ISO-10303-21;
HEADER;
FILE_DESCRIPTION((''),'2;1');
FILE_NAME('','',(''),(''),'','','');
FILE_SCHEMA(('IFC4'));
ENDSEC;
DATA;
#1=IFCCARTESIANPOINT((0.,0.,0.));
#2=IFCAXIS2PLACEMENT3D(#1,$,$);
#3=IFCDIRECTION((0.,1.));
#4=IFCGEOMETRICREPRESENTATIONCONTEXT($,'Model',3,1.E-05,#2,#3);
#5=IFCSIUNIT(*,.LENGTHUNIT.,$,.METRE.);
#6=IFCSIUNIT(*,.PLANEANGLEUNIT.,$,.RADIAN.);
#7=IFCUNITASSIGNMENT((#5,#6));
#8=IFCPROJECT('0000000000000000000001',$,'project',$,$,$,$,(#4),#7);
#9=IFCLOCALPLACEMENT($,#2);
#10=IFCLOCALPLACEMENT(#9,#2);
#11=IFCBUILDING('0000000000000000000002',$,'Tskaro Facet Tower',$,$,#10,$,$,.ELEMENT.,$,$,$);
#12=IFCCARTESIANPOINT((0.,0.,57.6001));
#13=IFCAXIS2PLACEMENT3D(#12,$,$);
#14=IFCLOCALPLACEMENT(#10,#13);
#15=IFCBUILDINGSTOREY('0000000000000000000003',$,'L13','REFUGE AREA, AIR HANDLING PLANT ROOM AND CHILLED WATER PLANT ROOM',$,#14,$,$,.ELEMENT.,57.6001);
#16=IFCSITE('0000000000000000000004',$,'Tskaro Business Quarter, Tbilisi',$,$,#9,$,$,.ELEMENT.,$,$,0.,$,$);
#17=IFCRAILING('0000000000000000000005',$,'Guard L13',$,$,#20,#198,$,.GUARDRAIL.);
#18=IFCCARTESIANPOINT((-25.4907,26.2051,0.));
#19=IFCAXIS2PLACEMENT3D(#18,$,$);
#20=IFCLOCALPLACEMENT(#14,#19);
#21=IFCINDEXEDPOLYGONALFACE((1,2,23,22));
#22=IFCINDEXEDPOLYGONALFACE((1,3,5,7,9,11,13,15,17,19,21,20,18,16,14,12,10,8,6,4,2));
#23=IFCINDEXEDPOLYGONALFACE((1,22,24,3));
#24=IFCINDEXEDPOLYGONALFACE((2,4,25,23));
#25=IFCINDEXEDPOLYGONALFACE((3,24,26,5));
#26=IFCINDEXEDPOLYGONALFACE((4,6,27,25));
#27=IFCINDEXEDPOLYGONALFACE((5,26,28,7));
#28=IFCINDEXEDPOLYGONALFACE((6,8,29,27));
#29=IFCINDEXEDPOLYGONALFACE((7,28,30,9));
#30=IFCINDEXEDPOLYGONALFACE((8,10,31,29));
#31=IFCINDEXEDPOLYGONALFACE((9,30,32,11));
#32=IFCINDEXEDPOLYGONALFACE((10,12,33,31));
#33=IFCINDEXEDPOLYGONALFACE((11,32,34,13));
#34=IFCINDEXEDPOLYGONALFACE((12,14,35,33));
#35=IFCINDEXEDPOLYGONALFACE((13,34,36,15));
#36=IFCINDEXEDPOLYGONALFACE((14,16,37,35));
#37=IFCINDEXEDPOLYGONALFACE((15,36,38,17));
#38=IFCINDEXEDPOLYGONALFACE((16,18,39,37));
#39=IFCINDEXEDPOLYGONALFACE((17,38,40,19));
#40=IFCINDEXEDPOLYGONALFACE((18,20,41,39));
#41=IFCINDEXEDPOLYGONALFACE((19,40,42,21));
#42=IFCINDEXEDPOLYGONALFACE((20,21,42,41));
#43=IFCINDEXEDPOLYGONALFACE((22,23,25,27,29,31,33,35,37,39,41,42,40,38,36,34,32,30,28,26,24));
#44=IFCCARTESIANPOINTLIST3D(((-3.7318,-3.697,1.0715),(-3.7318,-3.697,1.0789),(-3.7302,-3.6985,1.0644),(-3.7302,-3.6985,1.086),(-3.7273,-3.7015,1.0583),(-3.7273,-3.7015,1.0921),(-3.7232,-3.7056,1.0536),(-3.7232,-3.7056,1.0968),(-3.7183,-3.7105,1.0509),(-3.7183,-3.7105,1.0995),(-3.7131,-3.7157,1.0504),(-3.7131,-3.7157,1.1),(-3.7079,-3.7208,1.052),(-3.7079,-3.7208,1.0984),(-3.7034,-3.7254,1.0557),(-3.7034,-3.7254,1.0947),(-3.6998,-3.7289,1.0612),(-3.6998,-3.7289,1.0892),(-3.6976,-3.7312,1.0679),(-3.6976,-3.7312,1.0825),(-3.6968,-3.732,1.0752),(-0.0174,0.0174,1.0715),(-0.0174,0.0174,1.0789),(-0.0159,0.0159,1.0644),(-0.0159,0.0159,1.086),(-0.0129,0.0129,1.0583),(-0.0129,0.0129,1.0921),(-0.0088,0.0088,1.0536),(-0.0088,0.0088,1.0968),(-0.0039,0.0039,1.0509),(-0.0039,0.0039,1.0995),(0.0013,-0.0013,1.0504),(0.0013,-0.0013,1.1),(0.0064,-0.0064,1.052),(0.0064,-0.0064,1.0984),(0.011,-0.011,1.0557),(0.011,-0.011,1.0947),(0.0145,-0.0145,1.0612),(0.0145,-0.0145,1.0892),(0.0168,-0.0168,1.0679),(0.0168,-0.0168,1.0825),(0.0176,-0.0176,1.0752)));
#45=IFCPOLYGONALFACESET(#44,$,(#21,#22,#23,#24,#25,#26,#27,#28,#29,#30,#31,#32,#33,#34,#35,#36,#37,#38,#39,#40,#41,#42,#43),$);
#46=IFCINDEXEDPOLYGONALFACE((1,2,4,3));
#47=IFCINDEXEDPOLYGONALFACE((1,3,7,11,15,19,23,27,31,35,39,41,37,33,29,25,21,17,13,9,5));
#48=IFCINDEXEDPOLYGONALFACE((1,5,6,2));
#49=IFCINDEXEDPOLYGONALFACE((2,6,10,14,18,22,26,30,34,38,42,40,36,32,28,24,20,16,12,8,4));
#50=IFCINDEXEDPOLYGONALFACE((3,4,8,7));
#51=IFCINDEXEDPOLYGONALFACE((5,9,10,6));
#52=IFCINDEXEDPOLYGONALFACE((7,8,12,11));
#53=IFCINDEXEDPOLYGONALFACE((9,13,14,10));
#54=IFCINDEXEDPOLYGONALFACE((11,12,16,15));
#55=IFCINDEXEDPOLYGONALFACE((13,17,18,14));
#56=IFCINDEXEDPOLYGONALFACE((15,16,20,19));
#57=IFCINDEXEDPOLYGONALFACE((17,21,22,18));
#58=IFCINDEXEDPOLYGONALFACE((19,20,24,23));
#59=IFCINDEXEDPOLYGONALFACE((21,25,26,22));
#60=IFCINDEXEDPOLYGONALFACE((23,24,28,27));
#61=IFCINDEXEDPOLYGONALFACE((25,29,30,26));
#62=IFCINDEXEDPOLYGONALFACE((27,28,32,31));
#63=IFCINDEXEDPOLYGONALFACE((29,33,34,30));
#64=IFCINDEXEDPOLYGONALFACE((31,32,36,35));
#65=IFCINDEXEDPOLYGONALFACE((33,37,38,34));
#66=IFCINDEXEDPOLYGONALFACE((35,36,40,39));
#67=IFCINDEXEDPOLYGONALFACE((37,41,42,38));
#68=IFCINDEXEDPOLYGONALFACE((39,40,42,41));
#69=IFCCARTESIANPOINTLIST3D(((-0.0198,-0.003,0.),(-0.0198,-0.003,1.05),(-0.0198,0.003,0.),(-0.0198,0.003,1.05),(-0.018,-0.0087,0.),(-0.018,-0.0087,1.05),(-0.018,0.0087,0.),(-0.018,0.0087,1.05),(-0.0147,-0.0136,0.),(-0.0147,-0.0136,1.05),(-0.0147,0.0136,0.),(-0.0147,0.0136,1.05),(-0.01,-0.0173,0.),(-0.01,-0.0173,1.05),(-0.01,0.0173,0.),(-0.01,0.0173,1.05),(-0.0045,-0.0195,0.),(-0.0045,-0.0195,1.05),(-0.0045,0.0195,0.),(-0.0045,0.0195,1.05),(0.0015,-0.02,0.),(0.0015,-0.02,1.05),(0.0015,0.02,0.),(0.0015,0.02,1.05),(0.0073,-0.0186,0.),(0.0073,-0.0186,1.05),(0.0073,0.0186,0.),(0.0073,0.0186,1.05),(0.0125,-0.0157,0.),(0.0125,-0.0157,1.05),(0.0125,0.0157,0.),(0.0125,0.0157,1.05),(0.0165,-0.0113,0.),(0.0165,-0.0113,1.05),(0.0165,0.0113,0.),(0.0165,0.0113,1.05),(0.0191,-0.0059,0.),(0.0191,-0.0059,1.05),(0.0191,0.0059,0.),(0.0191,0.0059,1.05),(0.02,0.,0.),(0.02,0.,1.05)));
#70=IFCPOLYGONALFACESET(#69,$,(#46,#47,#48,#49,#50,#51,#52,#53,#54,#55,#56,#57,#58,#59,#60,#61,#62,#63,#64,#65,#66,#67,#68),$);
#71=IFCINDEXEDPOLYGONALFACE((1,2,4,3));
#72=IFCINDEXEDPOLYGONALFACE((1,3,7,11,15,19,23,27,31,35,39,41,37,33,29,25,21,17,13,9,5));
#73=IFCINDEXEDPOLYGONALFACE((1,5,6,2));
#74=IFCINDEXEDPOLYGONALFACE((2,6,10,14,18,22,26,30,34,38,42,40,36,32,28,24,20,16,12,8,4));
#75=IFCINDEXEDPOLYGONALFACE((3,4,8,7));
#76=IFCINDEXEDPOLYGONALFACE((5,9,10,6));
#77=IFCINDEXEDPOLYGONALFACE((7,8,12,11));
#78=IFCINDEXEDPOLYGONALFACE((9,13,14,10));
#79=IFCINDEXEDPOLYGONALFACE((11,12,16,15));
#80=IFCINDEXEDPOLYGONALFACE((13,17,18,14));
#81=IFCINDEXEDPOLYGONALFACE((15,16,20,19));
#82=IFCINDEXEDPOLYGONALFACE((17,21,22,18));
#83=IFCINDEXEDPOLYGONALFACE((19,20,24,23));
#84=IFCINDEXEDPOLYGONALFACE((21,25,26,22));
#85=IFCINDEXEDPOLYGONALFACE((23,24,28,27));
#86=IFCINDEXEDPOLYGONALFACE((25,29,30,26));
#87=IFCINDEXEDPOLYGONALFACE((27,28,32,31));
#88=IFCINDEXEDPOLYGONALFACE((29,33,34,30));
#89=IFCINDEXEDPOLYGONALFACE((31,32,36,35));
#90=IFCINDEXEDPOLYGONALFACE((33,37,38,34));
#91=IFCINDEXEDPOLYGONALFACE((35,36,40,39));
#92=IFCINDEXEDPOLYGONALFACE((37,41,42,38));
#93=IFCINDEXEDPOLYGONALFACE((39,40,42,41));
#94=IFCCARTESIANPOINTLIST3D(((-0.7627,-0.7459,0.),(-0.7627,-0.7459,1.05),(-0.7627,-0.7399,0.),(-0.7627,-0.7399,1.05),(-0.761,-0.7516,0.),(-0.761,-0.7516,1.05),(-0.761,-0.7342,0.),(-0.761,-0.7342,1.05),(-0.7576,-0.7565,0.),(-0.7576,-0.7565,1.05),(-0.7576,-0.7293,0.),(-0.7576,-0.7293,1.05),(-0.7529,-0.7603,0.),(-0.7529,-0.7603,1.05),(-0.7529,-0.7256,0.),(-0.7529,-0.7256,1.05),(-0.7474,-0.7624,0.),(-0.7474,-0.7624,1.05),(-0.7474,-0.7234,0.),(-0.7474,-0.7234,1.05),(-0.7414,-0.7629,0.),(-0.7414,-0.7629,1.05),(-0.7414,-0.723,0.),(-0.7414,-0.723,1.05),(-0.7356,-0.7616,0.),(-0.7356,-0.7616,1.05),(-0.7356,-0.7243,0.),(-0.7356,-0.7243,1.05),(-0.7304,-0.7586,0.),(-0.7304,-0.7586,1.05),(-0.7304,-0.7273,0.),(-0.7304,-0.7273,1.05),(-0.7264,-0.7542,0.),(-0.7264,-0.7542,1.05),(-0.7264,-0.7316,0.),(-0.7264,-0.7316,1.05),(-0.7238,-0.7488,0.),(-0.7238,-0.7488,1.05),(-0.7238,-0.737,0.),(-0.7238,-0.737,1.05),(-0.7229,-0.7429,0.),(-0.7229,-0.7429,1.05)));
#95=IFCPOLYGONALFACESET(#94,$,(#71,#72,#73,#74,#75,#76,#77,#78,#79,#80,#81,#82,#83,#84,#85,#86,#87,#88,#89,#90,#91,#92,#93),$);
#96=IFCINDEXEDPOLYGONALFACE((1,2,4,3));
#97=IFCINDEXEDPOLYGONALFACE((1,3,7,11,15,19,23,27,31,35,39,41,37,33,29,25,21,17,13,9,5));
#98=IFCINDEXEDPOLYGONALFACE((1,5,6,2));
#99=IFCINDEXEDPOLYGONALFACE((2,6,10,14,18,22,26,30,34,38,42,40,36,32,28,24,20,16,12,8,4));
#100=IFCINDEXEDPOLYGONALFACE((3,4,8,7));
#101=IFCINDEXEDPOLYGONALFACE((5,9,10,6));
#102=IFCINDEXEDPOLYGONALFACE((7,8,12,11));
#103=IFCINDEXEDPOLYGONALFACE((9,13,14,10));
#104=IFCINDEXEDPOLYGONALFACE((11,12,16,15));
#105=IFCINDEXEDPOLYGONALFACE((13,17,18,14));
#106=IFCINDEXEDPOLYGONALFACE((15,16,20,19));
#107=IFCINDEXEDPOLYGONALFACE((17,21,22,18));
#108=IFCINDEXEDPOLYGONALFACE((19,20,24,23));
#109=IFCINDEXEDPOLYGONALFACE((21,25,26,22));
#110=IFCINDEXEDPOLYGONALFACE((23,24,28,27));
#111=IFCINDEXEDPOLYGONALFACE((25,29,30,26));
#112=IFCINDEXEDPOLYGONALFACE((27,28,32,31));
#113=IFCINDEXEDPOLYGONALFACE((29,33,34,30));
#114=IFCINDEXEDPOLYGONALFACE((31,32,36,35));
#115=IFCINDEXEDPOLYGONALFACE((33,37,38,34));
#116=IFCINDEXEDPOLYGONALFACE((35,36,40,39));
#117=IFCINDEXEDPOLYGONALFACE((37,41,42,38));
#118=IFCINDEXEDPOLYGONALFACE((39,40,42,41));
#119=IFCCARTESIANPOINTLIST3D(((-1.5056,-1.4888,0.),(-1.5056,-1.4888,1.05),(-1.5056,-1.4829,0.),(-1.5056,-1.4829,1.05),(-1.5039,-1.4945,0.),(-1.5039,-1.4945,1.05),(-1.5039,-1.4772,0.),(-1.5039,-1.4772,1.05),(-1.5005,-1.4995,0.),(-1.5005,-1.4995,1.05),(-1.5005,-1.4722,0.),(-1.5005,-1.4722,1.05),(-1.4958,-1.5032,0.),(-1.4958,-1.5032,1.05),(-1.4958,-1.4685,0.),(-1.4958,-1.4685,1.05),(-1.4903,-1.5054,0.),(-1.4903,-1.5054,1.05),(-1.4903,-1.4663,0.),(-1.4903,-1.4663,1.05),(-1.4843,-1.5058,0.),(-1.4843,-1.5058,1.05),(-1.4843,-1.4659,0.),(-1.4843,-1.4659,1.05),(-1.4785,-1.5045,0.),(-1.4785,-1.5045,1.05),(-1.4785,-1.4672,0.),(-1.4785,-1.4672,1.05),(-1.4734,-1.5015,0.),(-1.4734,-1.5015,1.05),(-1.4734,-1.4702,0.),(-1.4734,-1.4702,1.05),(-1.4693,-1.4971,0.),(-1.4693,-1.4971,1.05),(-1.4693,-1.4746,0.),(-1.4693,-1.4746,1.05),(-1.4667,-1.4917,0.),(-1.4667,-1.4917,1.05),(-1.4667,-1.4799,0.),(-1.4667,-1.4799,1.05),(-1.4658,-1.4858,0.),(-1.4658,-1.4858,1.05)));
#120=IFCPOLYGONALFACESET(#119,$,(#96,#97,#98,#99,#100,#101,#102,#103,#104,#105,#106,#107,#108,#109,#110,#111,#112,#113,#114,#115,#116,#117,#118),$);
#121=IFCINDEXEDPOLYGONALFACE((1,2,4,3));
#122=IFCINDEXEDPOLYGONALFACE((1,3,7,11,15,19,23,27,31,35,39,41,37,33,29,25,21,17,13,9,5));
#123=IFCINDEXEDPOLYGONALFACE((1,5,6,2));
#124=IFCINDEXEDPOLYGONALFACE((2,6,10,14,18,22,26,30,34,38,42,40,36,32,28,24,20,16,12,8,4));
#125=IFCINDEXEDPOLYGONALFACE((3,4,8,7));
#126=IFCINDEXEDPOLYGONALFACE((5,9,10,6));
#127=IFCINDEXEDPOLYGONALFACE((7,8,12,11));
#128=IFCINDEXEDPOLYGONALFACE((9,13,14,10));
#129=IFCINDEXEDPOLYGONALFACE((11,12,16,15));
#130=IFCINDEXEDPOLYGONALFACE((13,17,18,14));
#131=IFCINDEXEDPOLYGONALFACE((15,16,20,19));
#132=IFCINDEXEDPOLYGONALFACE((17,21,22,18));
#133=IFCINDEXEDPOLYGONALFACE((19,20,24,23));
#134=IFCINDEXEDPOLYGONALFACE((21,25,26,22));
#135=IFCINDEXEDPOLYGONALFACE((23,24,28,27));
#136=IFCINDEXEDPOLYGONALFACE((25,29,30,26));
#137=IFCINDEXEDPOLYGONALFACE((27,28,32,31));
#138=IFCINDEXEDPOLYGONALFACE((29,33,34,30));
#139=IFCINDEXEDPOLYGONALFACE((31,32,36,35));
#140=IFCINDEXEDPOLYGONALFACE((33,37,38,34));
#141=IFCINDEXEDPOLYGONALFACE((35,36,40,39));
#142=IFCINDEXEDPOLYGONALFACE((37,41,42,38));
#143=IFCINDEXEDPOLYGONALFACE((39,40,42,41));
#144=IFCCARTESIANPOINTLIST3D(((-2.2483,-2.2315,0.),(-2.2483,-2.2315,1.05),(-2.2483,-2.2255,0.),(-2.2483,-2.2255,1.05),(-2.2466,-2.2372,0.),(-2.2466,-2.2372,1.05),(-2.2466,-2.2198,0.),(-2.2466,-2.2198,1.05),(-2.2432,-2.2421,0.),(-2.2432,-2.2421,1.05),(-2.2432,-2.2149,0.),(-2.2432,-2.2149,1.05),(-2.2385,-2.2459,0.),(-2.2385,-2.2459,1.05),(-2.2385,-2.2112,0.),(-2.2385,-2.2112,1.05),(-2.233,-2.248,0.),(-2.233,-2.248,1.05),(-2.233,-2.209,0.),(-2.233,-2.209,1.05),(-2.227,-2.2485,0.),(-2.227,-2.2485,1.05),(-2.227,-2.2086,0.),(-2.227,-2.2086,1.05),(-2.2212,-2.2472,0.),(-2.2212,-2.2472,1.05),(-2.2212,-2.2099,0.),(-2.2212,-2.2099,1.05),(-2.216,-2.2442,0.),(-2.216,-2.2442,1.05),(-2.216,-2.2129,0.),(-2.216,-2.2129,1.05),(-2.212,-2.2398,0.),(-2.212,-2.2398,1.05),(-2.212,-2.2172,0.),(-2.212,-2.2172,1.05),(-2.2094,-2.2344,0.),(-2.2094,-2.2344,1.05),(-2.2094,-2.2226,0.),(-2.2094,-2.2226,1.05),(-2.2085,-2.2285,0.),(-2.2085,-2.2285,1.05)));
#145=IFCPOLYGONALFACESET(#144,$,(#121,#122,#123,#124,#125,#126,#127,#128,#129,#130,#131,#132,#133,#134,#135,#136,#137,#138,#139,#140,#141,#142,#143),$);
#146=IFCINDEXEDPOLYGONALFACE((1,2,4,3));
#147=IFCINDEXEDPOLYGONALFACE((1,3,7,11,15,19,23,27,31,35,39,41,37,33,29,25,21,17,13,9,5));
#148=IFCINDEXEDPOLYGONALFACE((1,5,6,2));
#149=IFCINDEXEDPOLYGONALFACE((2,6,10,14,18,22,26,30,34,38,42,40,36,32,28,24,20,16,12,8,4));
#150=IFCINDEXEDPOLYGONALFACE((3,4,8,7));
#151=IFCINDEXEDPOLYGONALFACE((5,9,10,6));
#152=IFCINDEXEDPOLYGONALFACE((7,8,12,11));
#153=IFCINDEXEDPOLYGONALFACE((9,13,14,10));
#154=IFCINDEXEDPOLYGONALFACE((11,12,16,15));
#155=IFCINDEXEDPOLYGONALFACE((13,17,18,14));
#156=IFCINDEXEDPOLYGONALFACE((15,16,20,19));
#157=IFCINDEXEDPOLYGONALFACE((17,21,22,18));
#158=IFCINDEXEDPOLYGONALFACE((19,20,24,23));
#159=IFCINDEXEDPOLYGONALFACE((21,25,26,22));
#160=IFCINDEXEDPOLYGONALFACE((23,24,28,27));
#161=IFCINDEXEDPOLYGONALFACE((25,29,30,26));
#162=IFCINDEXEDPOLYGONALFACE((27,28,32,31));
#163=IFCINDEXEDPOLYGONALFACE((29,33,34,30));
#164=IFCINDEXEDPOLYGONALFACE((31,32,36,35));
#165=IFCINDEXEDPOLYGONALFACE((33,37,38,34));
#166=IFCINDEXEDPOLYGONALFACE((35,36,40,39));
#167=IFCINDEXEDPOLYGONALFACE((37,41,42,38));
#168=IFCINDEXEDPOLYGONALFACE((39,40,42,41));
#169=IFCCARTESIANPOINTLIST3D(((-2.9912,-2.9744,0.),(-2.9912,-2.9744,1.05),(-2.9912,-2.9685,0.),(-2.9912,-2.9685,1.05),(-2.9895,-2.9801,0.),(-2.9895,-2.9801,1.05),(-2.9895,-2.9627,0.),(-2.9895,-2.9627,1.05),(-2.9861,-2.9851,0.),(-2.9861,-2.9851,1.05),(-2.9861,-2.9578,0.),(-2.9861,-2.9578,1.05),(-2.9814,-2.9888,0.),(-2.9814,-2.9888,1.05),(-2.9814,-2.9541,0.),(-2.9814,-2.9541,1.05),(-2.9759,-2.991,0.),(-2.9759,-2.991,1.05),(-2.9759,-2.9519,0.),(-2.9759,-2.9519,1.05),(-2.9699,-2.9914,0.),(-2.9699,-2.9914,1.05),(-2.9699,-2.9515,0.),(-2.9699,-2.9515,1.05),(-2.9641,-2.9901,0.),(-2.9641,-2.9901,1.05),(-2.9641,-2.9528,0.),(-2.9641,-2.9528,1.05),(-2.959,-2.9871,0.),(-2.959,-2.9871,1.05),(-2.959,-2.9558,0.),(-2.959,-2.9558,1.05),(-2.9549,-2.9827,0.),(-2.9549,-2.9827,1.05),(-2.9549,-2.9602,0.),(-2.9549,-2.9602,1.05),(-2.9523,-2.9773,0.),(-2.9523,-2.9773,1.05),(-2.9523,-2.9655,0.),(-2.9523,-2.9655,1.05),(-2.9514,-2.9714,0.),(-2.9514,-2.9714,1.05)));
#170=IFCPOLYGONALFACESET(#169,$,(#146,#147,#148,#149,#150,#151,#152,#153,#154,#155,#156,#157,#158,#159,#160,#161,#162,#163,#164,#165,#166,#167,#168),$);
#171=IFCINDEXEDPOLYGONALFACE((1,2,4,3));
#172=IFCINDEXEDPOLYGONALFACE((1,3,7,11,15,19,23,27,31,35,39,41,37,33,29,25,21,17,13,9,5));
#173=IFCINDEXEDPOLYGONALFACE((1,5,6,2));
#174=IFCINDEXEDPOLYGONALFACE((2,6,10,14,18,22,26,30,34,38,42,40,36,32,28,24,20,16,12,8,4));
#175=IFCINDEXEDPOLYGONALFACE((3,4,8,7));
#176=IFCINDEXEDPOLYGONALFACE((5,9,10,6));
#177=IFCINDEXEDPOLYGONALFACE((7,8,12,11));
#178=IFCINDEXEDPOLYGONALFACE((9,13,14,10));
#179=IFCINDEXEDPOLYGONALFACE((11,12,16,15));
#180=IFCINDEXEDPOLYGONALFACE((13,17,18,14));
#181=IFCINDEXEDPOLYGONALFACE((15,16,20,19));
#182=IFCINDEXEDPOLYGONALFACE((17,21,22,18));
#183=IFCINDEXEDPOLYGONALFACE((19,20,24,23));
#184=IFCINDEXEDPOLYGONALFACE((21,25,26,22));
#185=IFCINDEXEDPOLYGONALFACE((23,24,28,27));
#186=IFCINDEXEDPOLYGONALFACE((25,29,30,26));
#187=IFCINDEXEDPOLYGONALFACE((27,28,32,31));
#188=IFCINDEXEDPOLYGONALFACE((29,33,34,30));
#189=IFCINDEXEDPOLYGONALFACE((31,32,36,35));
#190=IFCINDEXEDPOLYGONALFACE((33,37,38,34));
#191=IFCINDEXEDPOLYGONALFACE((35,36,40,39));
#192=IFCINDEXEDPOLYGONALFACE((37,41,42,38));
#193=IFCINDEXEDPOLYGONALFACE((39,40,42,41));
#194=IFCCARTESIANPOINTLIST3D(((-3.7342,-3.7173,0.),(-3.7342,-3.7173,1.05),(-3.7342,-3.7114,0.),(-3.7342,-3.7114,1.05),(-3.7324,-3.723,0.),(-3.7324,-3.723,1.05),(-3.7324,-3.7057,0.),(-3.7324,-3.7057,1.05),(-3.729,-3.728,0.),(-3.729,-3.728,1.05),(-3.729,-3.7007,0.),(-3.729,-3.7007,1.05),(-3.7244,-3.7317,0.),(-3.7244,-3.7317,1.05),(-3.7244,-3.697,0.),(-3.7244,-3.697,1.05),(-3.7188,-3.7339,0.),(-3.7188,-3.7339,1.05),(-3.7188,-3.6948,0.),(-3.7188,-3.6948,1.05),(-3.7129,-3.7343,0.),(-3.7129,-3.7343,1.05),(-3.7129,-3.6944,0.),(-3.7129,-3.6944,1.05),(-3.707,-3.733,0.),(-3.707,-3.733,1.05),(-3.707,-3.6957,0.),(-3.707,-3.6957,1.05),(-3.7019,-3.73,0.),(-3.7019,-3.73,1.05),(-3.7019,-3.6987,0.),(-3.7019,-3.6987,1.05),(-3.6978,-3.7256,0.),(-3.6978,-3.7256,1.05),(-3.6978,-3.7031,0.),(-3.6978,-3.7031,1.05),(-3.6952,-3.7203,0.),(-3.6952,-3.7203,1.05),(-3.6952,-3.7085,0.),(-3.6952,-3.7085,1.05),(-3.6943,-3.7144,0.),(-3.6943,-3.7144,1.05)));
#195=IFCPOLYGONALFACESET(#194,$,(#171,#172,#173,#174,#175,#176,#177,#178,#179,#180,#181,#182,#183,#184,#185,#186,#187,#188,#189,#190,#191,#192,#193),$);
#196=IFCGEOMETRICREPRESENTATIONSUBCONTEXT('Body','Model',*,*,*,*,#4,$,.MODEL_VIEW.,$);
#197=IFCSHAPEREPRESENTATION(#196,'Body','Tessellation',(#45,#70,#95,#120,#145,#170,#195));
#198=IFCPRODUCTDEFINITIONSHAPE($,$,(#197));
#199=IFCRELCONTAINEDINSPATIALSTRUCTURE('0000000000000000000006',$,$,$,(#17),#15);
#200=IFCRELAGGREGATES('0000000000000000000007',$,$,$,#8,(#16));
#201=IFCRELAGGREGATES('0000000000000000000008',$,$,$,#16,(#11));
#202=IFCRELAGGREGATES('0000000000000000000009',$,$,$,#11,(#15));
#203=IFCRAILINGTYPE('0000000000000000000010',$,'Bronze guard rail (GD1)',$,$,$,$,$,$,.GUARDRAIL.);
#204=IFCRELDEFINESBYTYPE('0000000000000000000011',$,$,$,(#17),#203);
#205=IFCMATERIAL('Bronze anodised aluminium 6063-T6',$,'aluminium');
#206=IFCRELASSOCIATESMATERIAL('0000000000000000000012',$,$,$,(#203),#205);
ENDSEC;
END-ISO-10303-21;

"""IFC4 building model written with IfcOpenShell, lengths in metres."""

from ifc_helpers import new_model, si_unit, direction, frame, origin, origin_2d, place, context, subcontext, project, spatial, circle, extrude, material, type_object, element, save


model = new_model("IFC4")

# Units and contexts
model_context = context("Model", 3, precision=1e-05, world=origin(), true_north=direction((0.0, 1.0)))
body_context = subcontext(model_context, "Body", "Model", "MODEL_VIEW")
ifc_project = project(units=[si_unit("LENGTHUNIT", "METRE"), si_unit("PLANEANGLEUNIT", "RADIAN")], contexts=[model_context])

# Site, building, storey
site_placement = place(None, origin())
site = spatial("IfcSite", under=ifc_project, at=site_placement, Name="Tskaro Business Quarter, Tbilisi", CompositionType="ELEMENT", RefElevation=0.0)
building_placement = place(site_placement, origin())
building = spatial("IfcBuilding", under=site, at=building_placement, Name="Tskaro Facet Tower", CompositionType="ELEMENT")
storey_placement = place(building_placement, frame((0.0, 0.0, 57.6001)))
storey = spatial("IfcBuildingStorey", under=building, at=storey_placement, Name="L13", Description="REFUGE AREA, AIR HANDLING PLANT ROOM AND CHILLED WATER PLANT ROOM", CompositionType="ELEMENT", Elevation=57.6001)

# Railing
ifc_material_1 = material(Name="Bronze anodised aluminium 6063-T6", Category="aluminium")
railing_type = type_object("IfcRailingType", Name="Bronze guard rail (GD1)", PredefinedType="GUARDRAIL", material=ifc_material_1)
railing_1_placement = place(storey_placement, frame((-25.4907, 26.2051, 0.0)))
element("IfcRailing", 1, at=railing_1_placement, inside=storey, type_object=railing_type, Name="Guard L13", PredefinedType="GUARDRAIL", context=body_context, shape_type="SweptSolid", body=[
    extrude(circle(Radius=0.0249, at=origin_2d()), frame((0.0, 0.0, 1.0752), z_axis=(-0.707107, -0.707107, 0.0), x_axis=(0.707107, -0.707107, 0.0)), (0.0, 0.0, 1.0), 5.2529),
    extrude(circle(Radius=0.02, at=origin_2d()), origin(), (0.0, 0.0, 1.0), 1.05),
    extrude(circle(Radius=0.02, at=origin_2d()), frame((-0.7429, -0.7429, 0.0)), (0.0, 0.0, 1.0), 1.05),
    extrude(circle(Radius=0.02, at=origin_2d()), frame((-1.4858, -1.4858, 0.0)), (0.0, 0.0, 1.0), 1.05),
    extrude(circle(Radius=0.02, at=origin_2d()), frame((-2.2285, -2.2285, 0.0)), (0.0, 0.0, 1.0), 1.05),
    extrude(circle(Radius=0.02, at=origin_2d()), frame((-2.9714, -2.9714, 0.0)), (0.0, 0.0, 1.0), 1.05),
    extrude(circle(Radius=0.02, at=origin_2d()), frame((-3.7144, -3.7144, 0.0)), (0.0, 0.0, 1.0), 1.05),
])

save(model, "model.ifc")
